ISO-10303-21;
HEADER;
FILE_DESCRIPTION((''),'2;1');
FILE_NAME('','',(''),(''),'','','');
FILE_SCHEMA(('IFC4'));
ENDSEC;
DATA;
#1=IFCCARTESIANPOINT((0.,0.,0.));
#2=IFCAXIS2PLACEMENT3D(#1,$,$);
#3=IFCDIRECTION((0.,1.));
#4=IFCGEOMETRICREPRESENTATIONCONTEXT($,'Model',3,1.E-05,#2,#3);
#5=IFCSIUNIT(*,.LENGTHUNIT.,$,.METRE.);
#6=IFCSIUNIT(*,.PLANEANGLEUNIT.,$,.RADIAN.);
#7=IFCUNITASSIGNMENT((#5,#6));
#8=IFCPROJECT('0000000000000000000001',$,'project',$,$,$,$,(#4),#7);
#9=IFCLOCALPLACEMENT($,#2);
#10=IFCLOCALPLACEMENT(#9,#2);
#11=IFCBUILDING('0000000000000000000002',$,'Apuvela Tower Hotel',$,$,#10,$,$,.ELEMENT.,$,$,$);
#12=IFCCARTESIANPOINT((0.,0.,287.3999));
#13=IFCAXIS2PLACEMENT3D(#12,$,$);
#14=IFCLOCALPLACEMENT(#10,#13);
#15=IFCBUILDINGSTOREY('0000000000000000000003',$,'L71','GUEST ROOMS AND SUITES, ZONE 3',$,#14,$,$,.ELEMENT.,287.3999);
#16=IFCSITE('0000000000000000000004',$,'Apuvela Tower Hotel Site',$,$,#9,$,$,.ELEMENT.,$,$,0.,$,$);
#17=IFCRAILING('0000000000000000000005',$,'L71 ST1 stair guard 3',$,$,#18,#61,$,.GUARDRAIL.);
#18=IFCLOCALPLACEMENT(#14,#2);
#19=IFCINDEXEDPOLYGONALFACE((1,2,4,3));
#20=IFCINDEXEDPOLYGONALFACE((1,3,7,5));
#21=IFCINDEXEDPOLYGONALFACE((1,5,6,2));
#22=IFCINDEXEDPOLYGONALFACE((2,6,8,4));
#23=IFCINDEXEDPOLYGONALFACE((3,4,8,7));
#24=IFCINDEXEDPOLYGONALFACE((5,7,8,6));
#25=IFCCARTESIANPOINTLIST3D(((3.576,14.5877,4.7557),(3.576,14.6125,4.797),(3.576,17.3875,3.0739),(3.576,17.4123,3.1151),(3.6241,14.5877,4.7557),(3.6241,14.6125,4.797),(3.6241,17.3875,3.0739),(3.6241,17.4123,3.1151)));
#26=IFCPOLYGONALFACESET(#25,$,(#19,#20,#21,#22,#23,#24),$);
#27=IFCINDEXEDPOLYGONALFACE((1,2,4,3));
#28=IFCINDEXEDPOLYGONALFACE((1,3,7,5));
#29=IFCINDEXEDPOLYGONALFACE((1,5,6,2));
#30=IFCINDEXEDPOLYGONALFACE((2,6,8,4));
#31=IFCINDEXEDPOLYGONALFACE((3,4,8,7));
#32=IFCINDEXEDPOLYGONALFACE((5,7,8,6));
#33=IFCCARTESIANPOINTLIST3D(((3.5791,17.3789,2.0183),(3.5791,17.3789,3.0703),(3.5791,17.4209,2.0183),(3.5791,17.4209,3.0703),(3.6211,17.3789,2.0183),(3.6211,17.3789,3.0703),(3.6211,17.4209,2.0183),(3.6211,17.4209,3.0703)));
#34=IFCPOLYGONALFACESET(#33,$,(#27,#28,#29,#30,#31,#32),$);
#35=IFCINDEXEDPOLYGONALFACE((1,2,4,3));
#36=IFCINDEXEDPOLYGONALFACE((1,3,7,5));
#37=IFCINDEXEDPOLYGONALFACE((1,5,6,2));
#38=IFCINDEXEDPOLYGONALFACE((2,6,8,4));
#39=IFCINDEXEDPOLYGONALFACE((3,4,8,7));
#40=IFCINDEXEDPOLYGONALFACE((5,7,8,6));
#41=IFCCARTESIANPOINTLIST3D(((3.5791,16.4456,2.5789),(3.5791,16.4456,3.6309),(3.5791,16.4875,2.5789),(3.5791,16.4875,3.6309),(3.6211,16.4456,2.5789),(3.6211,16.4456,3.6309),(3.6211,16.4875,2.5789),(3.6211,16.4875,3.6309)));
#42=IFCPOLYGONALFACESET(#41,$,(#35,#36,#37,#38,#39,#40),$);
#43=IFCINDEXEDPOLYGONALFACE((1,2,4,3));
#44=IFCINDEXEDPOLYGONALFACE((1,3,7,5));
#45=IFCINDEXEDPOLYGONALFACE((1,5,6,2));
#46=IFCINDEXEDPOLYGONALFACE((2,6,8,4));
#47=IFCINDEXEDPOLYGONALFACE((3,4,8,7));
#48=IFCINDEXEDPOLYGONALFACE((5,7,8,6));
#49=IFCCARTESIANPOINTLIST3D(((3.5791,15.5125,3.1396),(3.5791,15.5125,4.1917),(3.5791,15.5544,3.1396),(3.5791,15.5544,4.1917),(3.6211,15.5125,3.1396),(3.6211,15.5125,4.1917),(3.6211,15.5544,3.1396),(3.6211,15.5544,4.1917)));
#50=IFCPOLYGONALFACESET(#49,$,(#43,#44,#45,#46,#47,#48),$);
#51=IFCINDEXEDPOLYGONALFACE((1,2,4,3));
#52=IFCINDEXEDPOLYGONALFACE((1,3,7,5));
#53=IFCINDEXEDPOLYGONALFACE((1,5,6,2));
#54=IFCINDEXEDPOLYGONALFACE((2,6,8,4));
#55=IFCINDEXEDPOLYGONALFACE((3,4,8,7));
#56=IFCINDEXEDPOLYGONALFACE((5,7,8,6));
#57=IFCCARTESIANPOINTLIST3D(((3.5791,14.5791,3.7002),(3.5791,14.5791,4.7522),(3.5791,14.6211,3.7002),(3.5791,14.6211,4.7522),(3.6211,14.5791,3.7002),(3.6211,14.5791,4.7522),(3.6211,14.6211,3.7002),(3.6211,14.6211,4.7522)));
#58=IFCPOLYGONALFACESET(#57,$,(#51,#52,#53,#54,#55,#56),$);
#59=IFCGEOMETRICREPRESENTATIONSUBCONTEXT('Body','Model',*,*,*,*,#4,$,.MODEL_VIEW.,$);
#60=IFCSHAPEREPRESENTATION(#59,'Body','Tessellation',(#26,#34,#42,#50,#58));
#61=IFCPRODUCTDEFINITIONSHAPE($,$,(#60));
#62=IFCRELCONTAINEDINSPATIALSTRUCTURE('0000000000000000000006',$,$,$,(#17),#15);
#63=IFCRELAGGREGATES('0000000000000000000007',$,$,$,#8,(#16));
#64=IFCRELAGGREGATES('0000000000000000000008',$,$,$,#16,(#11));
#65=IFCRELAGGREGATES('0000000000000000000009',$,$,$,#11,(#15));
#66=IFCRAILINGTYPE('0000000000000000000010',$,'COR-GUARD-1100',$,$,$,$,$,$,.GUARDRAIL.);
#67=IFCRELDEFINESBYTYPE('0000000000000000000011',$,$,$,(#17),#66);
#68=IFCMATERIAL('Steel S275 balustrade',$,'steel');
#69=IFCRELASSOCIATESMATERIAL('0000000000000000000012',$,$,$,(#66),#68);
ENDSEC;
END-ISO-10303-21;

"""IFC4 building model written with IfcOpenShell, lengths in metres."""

from ifc_helpers import new_model, si_unit, direction, frame, origin, origin_2d, place, context, subcontext, project, spatial, rectangle, extrude, material, type_object, element, save


model = new_model("IFC4")

# Units and contexts
model_context = context("Model", 3, precision=1e-05, world=origin(), true_north=direction((0.0, 1.0)))
body_context = subcontext(model_context, "Body", "Model", "MODEL_VIEW")
ifc_project = project(units=[si_unit("LENGTHUNIT", "METRE"), si_unit("PLANEANGLEUNIT", "RADIAN")], contexts=[model_context])

# Site, building, storey
site_placement = place(None, origin())
site = spatial("IfcSite", under=ifc_project, at=site_placement, Name="Apuvela Tower Hotel Site", CompositionType="ELEMENT", RefElevation=0.0)
building_placement = place(site_placement, origin())
building = spatial("IfcBuilding", under=site, at=building_placement, Name="Apuvela Tower Hotel", CompositionType="ELEMENT")
storey_placement = place(building_placement, frame((0.0, 0.0, 287.3999)))
storey = spatial("IfcBuildingStorey", under=building, at=storey_placement, Name="L71", Description="GUEST ROOMS AND SUITES, ZONE 3", CompositionType="ELEMENT", Elevation=287.3999)

# Railing
ifc_material_1 = material(Name="Steel S275 balustrade", Category="steel")
railing_type = type_object("IfcRailingType", Name="COR-GUARD-1100", PredefinedType="GUARDRAIL", material=ifc_material_1)
railing_1_placement = place(storey_placement, frame((3.6001, 17.3999, 2.0183)))
element("IfcRailing", 1, at=railing_1_placement, inside=storey, type_object=railing_type, Name="L71 ST1 stair guard 3", PredefinedType="GUARDRAIL", context=body_context, shape_type="SweptSolid", body=[
    extrude(rectangle(XDim=0.0481, YDim=0.0481, at=origin_2d()), frame((0.0, 0.0, 1.0762), z_axis=(0.0, -0.857222, 0.514946), x_axis=(1.0, 0.0, 0.0)), (0.0, 0.0, 1.0), 3.2661),
    extrude(rectangle(XDim=0.042, YDim=0.042, at=origin_2d()), origin(), (0.0, 0.0, 1.0), 1.052),
    extrude(rectangle(XDim=0.042, YDim=0.042, at=origin_2d()), frame((0.0, -0.9333, 0.5605)), (0.0, 0.0, 1.0), 1.052),
    extrude(rectangle(XDim=0.042, YDim=0.042, at=origin_2d()), frame((0.0, -1.8665, 1.1213)), (0.0, 0.0, 1.0), 1.052),
    extrude(rectangle(XDim=0.042, YDim=0.042, at=origin_2d()), frame((0.0, -2.7998, 1.6819)), (0.0, 0.0, 1.0), 1.052),
])

save(model, "model.ifc")
